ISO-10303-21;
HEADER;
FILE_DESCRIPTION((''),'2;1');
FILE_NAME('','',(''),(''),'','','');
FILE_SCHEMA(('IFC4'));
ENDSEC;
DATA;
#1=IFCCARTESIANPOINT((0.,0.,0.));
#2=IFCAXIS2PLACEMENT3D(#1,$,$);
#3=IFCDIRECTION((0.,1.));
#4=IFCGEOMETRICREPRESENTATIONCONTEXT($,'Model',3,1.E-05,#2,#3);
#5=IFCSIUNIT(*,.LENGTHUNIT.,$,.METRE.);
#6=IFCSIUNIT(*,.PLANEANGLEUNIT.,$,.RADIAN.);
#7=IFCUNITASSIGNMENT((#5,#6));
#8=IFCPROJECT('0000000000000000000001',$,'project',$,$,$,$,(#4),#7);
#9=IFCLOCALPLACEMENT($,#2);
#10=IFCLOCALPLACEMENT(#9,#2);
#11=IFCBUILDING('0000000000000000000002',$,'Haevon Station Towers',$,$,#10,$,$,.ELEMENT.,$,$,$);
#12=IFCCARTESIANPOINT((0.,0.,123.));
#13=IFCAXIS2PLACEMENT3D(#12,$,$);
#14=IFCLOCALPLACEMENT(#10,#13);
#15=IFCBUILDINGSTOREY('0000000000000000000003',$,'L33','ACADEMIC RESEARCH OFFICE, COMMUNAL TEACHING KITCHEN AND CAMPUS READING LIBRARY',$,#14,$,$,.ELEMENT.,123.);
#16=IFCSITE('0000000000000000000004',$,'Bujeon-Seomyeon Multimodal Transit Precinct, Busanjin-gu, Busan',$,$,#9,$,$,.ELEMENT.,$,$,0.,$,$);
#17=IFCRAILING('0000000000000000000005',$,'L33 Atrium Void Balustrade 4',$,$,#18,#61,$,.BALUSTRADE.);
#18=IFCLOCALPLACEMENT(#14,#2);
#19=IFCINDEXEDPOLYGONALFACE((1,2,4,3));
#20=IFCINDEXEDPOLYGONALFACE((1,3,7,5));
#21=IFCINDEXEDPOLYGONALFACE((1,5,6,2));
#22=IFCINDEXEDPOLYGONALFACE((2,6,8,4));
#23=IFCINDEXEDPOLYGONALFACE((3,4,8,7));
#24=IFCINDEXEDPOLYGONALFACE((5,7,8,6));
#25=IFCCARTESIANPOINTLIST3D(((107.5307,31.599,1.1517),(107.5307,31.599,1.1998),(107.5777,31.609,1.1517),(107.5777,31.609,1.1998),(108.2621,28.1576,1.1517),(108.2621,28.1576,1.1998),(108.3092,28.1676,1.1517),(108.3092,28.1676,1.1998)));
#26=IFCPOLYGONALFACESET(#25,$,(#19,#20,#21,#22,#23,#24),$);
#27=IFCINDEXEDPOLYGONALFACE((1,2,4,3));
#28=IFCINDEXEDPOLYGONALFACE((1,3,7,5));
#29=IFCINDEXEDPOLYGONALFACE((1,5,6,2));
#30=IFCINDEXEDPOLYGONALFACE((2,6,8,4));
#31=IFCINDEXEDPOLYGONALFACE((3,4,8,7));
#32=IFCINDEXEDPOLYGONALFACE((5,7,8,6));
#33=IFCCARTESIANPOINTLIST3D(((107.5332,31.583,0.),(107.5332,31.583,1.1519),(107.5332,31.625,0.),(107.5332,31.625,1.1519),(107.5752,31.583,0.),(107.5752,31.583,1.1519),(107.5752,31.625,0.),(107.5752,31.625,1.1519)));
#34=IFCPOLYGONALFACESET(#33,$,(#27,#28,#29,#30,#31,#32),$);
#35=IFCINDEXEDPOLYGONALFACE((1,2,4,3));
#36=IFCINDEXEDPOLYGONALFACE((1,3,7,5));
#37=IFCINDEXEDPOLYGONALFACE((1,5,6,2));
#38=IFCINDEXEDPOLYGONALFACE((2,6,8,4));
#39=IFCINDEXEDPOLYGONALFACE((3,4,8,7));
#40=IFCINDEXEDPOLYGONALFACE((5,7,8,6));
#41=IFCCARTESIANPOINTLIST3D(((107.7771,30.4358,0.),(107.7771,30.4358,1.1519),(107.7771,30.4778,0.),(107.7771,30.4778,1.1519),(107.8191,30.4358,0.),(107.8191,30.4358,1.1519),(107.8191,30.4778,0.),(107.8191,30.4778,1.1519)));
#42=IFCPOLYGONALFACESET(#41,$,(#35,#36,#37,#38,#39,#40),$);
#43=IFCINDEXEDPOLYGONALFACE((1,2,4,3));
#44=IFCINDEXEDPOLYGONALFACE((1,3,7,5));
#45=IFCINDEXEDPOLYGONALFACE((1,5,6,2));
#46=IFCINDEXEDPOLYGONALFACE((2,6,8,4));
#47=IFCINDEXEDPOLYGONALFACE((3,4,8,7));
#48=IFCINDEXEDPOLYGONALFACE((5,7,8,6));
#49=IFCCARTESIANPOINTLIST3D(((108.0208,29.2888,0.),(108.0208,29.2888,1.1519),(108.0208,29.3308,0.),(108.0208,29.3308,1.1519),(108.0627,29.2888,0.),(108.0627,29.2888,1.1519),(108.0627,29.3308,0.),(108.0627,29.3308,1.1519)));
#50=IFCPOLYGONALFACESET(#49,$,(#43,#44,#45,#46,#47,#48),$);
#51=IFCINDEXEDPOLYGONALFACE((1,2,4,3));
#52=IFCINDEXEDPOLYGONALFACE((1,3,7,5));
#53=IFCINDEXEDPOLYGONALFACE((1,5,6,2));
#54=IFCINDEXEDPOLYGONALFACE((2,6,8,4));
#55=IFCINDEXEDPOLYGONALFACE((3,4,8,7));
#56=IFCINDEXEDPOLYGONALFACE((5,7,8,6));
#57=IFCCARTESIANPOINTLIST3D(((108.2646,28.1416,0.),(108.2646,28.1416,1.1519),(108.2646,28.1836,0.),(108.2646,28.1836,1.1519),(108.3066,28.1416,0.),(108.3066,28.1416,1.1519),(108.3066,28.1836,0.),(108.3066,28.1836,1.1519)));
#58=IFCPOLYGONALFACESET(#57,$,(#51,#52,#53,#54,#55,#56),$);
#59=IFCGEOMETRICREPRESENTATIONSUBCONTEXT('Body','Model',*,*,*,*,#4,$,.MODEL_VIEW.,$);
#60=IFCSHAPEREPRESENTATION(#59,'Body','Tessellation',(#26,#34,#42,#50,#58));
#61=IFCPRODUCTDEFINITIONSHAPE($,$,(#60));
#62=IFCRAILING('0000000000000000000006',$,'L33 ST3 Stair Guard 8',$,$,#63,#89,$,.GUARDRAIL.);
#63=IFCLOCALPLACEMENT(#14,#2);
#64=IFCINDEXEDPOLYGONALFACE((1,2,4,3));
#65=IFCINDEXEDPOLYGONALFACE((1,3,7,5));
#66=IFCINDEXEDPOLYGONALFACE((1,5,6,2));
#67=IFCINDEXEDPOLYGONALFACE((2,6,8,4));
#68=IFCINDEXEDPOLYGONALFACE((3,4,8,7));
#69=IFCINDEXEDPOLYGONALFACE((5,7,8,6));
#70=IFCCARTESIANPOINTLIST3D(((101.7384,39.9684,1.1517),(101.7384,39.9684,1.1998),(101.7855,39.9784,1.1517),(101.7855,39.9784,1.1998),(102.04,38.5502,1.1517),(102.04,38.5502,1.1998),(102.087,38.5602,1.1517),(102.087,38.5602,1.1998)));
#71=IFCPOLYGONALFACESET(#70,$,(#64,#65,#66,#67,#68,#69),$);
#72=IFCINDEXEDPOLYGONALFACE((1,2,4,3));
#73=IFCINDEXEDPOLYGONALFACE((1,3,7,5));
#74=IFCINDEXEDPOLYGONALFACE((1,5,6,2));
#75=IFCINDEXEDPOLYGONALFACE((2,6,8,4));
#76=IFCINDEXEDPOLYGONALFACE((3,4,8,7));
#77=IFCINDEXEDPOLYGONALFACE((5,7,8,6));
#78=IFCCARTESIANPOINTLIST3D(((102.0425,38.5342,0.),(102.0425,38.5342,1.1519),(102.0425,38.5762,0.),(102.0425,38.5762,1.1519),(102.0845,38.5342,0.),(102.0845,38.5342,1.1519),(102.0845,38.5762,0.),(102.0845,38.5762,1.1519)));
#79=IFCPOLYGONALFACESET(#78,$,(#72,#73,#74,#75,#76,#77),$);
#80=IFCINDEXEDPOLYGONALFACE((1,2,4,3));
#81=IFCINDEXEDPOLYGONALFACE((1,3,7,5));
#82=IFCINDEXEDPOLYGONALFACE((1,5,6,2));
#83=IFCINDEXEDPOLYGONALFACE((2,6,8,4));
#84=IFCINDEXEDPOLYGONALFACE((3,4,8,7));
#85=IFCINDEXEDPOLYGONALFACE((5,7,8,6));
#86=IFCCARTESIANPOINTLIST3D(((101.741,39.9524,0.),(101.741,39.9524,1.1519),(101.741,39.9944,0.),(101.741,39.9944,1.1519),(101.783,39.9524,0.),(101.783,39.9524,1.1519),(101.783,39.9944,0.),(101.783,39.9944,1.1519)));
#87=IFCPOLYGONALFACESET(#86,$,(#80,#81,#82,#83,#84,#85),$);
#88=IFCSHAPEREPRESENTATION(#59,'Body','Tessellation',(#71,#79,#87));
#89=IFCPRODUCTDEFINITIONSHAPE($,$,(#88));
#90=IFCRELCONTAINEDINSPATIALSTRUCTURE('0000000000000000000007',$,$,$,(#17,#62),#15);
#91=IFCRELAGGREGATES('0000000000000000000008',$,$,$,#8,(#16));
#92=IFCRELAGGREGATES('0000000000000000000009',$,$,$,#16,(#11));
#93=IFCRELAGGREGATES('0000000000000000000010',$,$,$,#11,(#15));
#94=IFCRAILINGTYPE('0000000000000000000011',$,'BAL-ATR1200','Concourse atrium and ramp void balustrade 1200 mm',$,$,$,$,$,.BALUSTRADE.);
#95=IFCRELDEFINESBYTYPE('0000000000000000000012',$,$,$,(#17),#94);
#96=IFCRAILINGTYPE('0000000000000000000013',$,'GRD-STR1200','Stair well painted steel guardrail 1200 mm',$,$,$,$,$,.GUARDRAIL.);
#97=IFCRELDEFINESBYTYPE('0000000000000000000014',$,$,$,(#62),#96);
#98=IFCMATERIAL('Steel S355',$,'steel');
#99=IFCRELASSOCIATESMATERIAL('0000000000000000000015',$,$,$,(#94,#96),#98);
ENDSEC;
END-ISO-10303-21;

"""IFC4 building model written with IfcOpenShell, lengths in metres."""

from ifc_helpers import new_model, si_unit, direction, frame, origin, origin_2d, place, context, subcontext, project, spatial, rectangle, extrude, material, type_object, element, save


model = new_model("IFC4")

# Units and contexts
model_context = context("Model", 3, precision=1e-05, world=origin(), true_north=direction((0.0, 1.0)))
body_context = subcontext(model_context, "Body", "Model", "MODEL_VIEW")
ifc_project = project(units=[si_unit("LENGTHUNIT", "METRE"), si_unit("PLANEANGLEUNIT", "RADIAN")], contexts=[model_context])

# Site, building, storey
site_placement = place(None, origin())
site = spatial("IfcSite", under=ifc_project, at=site_placement, Name="Bujeon-Seomyeon Multimodal Transit Precinct, Busanjin-gu, Busan", CompositionType="ELEMENT", RefElevation=0.0)
building_placement = place(site_placement, origin())
building = spatial("IfcBuilding", under=site, at=building_placement, Name="Haevon Station Towers", CompositionType="ELEMENT")
storey_placement = place(building_placement, frame((0.0, 0.0, 123.0)))
storey = spatial("IfcBuildingStorey", under=building, at=storey_placement, Name="L33", Description="ACADEMIC RESEARCH OFFICE, COMMUNAL TEACHING KITCHEN AND CAMPUS READING LIBRARY", CompositionType="ELEMENT", Elevation=123.0)

# Shared definitions
ifc_material_1 = material(Name="Steel S355", Category="steel")

# Railings
railing_type_1 = type_object("IfcRailingType", Name="BAL-ATR1200", Description="Concourse atrium and ramp void balustrade 1200 mm", PredefinedType="BALUSTRADE", material=ifc_material_1)
railing_1_placement = place(storey_placement, frame((107.5542, 31.604, 0.0)))
element("IfcRailing", 1, at=railing_1_placement, inside=storey, type_object=railing_type_1, Name="L33 Atrium Void Balustrade 4", PredefinedType="BALUSTRADE", context=body_context, shape_type="SweptSolid", body=[
    extrude(rectangle(XDim=0.0481, YDim=0.0481, at=origin_2d()), frame((0.0, 0.0, 1.1758), z_axis=(0.207899, -0.97815, 0.0), x_axis=(0.97815, 0.207899, 0.0)), (0.0, 0.0, 1.0), 3.5183),
    extrude(rectangle(XDim=0.042, YDim=0.042, at=origin_2d()), origin(), (0.0, 0.0, 1.0), 1.1519),
    extrude(rectangle(XDim=0.042, YDim=0.042, at=origin_2d()), frame((0.2439, -1.1472, 0.0)), (0.0, 0.0, 1.0), 1.1519),
    extrude(rectangle(XDim=0.042, YDim=0.042, at=origin_2d()), frame((0.4875, -2.2942, 0.0)), (0.0, 0.0, 1.0), 1.1519),
    extrude(rectangle(XDim=0.042, YDim=0.042, at=origin_2d()), frame((0.7314, -3.4414, 0.0)), (0.0, 0.0, 1.0), 1.1519),
])
railing_type_2 = type_object("IfcRailingType", Name="GRD-STR1200", Description="Stair well painted steel guardrail 1200 mm", PredefinedType="GUARDRAIL", material=ifc_material_1)
railing_2_placement = place(storey_placement, frame((102.0635, 38.5552, 0.0)))
element("IfcRailing", 2, at=railing_2_placement, inside=storey, type_object=railing_type_2, Name="L33 ST3 Stair Guard 8", PredefinedType="GUARDRAIL", context=body_context, shape_type="SweptSolid", body=[
    extrude(rectangle(XDim=0.0481, YDim=0.0481, at=origin_2d()), frame((0.0, 0.0, 1.1758), z_axis=(-0.207953, 0.978139, 0.0), x_axis=(-0.978139, -0.207953, 0.0)), (0.0, 0.0, 1.0), 1.45),
    extrude(rectangle(XDim=0.042, YDim=0.042, at=origin_2d()), origin(), (0.0, 0.0, 1.0), 1.1519),
    extrude(rectangle(XDim=0.042, YDim=0.042, at=origin_2d()), frame((-0.3015, 1.4182, 0.0)), (0.0, 0.0, 1.0), 1.1519),
])

save(model, "model.ifc")
